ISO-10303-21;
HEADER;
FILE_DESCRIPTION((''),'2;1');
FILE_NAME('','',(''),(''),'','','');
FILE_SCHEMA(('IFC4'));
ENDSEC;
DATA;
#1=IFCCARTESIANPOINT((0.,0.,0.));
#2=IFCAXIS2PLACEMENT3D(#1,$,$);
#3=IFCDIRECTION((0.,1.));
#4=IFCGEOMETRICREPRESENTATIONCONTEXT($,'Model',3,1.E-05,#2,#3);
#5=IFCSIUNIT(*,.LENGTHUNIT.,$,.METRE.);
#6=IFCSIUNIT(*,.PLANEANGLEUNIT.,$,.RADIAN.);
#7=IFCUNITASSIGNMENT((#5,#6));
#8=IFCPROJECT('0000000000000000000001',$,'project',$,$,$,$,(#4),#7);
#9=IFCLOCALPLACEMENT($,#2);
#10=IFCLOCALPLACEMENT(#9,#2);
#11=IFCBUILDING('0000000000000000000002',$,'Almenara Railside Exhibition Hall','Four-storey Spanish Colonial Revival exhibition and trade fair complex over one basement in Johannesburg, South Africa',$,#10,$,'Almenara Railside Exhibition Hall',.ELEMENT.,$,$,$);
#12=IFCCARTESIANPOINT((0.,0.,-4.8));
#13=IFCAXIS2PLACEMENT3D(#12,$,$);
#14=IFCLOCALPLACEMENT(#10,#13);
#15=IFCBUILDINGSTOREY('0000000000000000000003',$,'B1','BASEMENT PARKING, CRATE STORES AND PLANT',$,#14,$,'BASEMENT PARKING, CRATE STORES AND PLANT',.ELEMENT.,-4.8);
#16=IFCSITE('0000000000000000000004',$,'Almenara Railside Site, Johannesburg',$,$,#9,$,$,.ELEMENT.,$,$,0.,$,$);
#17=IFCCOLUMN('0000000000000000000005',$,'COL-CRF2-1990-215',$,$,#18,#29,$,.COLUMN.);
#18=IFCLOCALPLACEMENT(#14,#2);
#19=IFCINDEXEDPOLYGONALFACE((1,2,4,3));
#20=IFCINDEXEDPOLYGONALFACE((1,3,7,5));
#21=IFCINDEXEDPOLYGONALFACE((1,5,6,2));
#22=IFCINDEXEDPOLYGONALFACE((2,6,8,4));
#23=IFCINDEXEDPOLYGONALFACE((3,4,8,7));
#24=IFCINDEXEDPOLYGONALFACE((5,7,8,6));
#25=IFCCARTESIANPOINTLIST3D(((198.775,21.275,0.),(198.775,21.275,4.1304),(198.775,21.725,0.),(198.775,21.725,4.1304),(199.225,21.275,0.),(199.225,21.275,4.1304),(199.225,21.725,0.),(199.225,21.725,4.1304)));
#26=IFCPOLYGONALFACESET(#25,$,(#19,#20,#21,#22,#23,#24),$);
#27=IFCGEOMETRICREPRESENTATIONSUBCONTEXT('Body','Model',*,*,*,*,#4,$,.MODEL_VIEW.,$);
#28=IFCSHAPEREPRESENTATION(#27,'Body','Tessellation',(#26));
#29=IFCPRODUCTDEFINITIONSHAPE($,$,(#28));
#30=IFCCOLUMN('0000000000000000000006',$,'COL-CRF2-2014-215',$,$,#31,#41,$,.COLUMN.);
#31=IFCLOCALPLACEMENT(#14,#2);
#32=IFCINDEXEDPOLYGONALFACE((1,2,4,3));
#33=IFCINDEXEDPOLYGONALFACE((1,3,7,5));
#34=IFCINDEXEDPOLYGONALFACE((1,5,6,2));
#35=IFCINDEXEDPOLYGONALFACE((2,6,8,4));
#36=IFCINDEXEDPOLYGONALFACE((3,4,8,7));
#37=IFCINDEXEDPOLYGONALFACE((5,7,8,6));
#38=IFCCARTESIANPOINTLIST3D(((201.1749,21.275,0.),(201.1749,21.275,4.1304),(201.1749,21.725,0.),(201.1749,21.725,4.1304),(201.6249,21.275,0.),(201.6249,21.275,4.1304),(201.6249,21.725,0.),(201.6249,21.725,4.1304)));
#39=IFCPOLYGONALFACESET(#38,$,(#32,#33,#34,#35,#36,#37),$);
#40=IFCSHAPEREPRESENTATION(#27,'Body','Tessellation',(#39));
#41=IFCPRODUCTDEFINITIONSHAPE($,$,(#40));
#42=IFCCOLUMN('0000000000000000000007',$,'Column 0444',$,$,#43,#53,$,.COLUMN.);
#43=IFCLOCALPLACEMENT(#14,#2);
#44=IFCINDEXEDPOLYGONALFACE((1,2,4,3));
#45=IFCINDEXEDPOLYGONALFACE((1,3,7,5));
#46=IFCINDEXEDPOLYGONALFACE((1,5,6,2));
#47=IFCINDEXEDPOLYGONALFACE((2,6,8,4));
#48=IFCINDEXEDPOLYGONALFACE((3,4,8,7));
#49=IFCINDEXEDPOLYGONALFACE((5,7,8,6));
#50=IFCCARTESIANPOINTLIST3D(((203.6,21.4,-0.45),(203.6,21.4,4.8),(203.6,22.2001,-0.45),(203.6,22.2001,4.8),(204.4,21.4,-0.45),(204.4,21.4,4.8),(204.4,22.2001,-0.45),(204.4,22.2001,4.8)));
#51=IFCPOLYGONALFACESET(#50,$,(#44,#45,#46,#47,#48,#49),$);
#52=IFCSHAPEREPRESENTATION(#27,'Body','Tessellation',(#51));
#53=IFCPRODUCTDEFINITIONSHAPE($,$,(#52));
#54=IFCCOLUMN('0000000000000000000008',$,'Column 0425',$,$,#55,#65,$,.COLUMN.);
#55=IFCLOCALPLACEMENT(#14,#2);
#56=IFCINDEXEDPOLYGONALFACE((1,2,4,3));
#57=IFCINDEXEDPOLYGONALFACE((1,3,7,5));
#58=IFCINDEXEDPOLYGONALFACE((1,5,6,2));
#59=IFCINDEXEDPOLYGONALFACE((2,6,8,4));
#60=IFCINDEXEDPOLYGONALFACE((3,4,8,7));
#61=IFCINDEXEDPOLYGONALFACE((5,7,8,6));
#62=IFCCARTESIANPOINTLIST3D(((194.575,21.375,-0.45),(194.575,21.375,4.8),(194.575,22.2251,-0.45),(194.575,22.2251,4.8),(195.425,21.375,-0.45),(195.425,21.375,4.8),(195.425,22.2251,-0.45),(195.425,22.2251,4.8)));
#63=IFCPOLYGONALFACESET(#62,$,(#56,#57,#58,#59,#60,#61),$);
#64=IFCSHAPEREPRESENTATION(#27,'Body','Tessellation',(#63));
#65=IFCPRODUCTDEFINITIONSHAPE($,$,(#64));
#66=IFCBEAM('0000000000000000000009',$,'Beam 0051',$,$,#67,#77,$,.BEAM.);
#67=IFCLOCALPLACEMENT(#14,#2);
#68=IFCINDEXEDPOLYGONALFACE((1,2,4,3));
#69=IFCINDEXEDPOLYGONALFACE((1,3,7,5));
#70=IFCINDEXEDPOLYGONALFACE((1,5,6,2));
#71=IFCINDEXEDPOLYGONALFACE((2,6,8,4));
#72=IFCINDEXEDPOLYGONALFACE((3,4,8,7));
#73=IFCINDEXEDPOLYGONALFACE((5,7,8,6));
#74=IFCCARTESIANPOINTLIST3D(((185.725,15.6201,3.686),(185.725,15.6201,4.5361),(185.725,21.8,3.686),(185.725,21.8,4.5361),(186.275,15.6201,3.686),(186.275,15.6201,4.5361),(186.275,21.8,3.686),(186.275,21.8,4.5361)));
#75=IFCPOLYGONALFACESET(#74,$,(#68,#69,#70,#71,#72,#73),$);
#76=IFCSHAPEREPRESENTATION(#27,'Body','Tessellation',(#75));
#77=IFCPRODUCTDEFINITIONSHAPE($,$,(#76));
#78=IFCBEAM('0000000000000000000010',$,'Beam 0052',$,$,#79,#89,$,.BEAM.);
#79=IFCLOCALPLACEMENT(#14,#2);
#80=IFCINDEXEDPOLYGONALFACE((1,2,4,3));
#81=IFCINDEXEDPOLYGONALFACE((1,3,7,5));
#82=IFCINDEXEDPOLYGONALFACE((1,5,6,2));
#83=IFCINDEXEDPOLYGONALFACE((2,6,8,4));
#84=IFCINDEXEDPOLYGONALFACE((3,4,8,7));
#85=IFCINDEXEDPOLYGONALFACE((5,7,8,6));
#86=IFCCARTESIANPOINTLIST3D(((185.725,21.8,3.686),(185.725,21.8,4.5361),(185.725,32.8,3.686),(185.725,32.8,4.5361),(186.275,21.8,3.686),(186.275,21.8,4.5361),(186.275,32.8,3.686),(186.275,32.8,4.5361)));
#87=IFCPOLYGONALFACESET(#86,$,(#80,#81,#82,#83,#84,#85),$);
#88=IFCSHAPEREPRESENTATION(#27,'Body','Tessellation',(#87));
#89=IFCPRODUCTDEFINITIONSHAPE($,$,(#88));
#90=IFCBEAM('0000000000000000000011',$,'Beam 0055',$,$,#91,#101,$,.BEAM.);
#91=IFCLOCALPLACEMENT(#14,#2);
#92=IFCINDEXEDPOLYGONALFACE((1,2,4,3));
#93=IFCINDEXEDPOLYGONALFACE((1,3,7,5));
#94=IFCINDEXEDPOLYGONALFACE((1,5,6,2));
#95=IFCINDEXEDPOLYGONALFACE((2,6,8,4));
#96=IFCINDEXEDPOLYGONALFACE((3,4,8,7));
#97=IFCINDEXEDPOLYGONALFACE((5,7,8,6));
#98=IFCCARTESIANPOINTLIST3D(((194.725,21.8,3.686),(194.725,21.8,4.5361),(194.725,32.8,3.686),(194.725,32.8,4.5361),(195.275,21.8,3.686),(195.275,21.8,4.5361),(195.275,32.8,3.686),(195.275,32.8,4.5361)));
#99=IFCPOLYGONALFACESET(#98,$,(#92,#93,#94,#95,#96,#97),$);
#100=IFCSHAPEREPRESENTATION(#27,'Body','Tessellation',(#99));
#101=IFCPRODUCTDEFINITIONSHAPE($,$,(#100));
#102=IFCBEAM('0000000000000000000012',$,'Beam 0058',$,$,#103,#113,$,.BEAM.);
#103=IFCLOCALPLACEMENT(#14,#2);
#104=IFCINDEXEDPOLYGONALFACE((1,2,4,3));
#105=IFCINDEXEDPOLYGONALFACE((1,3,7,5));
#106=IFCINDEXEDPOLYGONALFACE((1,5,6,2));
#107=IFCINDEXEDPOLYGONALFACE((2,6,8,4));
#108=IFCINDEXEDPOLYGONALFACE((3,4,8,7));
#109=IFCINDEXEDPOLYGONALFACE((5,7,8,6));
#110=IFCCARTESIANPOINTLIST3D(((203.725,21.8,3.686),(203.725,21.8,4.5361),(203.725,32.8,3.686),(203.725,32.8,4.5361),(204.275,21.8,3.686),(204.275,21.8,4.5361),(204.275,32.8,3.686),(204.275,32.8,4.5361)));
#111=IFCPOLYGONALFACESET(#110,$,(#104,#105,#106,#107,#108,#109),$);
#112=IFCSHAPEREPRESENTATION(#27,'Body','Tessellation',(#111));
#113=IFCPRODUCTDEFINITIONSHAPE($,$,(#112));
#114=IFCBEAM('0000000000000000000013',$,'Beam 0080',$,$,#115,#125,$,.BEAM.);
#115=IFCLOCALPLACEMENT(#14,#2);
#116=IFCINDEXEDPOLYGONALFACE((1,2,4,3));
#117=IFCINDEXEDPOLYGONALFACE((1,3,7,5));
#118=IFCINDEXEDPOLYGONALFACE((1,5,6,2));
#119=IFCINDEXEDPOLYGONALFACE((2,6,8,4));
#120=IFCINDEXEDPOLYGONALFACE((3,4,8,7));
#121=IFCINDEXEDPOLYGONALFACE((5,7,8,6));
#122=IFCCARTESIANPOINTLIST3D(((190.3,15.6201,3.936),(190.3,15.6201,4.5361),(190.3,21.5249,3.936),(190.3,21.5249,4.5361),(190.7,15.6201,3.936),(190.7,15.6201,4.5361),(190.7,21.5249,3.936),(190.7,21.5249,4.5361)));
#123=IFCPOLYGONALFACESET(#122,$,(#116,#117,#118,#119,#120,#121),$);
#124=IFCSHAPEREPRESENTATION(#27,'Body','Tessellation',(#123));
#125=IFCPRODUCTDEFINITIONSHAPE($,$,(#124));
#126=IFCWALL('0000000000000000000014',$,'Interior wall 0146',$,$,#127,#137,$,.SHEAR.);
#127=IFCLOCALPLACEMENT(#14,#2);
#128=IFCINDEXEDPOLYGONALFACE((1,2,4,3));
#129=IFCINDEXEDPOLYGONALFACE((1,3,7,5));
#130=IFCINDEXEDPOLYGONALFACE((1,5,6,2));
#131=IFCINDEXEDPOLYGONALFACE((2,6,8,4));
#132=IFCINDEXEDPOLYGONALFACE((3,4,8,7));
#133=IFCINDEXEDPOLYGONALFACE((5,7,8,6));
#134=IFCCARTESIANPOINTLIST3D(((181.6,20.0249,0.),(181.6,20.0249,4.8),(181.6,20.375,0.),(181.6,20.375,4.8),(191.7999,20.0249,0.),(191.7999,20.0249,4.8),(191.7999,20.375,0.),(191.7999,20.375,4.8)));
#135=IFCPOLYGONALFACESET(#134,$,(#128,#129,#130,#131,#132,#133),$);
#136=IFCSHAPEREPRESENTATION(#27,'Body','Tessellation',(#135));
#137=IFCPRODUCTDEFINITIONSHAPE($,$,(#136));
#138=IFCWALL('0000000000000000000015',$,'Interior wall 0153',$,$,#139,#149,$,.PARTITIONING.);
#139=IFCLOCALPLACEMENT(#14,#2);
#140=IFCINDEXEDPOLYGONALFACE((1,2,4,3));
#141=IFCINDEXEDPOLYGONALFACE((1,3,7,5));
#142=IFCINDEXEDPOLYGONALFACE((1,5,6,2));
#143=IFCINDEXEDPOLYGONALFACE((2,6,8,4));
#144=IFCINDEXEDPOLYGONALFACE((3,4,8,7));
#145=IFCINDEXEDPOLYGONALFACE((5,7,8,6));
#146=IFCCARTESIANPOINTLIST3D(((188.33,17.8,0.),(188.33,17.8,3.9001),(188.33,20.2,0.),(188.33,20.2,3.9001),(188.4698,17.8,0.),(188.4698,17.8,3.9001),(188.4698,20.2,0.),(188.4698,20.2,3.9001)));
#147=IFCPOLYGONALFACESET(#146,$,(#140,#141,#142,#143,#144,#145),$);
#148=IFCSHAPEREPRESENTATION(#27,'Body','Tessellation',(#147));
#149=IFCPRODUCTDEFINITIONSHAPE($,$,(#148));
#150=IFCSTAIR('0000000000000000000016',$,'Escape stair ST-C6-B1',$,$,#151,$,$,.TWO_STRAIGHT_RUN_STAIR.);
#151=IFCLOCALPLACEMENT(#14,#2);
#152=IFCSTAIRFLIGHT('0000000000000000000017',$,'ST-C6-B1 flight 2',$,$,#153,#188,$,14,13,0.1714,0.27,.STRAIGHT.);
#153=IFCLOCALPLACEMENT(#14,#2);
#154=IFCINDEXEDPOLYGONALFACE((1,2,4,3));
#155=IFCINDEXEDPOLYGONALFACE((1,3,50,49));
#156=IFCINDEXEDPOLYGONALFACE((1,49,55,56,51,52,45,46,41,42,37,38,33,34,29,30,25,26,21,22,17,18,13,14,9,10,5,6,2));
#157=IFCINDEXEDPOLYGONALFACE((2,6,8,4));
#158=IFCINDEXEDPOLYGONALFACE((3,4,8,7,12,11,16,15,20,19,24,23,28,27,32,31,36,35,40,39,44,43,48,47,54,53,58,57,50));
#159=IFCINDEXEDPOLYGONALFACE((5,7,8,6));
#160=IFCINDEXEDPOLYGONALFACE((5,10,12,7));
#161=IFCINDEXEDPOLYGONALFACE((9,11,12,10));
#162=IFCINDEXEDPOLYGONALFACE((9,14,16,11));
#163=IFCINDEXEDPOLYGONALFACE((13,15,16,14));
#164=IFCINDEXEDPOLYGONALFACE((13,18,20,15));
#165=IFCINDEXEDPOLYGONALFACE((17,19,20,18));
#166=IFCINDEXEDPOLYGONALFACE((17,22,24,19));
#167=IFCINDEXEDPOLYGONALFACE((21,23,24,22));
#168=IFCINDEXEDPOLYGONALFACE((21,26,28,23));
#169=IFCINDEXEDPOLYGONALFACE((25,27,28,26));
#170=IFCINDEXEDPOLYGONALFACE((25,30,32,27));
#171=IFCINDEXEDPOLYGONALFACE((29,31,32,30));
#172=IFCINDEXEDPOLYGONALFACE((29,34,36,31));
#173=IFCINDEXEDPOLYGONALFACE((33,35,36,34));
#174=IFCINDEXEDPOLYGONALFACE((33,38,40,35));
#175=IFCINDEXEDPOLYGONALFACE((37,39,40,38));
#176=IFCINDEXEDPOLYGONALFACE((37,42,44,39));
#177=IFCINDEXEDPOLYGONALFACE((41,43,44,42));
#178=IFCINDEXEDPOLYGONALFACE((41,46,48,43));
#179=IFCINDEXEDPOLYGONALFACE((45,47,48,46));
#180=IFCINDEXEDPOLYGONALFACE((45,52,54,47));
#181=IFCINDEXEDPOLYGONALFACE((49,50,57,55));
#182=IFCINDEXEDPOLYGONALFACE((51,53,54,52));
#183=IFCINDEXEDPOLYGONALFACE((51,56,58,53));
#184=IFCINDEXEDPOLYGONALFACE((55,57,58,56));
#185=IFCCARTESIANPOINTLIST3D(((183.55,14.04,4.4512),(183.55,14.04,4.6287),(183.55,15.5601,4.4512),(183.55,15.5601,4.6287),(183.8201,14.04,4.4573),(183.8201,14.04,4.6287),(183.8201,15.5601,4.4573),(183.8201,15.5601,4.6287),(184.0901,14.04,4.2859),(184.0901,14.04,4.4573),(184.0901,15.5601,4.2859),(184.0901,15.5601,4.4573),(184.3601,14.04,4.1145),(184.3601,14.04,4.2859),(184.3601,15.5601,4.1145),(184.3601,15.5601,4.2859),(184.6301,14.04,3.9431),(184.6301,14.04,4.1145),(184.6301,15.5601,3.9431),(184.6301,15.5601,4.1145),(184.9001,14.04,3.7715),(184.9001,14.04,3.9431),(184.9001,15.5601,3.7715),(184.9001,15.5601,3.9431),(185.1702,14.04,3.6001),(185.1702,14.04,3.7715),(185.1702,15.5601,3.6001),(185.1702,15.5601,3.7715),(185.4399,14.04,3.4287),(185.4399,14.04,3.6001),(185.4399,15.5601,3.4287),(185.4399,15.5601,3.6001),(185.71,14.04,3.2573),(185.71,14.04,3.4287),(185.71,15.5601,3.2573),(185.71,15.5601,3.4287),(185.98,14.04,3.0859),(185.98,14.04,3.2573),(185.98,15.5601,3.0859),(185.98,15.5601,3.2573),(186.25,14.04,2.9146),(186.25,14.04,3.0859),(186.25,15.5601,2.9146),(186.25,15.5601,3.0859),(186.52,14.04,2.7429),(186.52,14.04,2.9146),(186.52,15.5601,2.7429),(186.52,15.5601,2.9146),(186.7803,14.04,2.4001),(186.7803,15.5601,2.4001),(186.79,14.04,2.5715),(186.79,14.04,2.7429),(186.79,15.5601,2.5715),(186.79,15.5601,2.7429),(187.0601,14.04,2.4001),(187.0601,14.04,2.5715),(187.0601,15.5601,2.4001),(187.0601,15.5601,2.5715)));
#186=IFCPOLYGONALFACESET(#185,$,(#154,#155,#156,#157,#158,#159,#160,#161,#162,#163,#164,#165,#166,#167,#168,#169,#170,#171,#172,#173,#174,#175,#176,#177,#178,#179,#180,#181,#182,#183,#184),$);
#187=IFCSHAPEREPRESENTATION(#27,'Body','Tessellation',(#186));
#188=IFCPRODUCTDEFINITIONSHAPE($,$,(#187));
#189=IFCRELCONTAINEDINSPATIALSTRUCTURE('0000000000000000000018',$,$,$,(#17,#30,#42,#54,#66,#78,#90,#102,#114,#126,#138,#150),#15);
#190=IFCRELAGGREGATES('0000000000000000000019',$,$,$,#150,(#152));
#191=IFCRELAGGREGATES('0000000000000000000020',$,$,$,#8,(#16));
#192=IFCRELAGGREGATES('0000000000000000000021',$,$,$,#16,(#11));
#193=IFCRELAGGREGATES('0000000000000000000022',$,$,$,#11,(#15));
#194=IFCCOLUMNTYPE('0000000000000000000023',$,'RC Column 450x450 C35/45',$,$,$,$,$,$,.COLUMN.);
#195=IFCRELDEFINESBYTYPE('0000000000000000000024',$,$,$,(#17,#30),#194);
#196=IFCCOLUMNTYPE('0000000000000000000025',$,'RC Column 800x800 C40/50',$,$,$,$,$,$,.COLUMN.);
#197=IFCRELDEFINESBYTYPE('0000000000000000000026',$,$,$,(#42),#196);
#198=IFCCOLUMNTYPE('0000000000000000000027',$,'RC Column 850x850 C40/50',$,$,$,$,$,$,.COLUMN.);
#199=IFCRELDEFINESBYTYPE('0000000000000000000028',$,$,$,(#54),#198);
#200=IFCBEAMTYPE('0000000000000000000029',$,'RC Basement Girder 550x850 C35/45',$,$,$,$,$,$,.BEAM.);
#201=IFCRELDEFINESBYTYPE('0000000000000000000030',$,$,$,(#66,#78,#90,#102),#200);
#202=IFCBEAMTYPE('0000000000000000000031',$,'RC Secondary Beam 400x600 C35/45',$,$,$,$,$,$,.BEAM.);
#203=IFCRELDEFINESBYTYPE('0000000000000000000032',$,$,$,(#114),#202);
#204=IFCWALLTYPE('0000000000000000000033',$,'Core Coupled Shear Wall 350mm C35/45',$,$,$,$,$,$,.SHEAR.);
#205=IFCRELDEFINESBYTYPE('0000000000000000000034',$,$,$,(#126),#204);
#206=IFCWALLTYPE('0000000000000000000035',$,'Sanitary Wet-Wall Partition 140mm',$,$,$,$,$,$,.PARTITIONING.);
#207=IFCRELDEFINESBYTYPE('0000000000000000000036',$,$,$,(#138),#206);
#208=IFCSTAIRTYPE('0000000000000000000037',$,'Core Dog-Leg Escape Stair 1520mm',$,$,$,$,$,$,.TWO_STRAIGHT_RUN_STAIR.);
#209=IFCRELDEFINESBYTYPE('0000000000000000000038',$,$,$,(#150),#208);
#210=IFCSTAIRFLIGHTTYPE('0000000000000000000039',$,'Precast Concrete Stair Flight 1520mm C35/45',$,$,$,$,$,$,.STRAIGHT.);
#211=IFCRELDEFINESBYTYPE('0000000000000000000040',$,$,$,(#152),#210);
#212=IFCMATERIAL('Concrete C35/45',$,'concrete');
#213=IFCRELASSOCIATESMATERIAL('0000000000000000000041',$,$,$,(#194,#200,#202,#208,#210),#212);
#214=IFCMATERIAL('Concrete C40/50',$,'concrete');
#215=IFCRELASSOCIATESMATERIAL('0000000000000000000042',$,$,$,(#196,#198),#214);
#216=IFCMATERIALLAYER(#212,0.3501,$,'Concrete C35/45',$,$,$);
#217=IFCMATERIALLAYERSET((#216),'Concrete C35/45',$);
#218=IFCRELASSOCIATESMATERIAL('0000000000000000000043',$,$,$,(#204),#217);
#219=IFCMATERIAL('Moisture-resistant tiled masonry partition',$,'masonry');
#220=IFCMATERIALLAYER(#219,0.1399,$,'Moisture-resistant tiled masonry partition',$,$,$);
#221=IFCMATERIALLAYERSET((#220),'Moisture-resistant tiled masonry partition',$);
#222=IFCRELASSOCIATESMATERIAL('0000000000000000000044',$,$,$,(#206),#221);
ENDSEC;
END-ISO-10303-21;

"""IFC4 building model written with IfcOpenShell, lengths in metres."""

from ifc_helpers import new_model, si_unit, direction, frame, frame_2d, origin, origin_2d, place, context, subcontext, project, spatial, polyline, rectangle, outline, extrude, material, layer, layer_set, material_profile, profile_set, type_object, element, aggregate, save


model = new_model("IFC4")

# Units and contexts
model_context = context("Model", 3, precision=1e-05, world=origin(), true_north=direction((0.0, 1.0)))
body_context = subcontext(model_context, "Body", "Model", "MODEL_VIEW")
ifc_project = project(units=[si_unit("LENGTHUNIT", "METRE"), si_unit("PLANEANGLEUNIT", "RADIAN")], contexts=[model_context])

# Site, building, storey
site_placement = place(None, origin())
site = spatial("IfcSite", under=ifc_project, at=site_placement, Name="Almenara Railside Site, Johannesburg", CompositionType="ELEMENT", RefElevation=0.0)
building_placement = place(site_placement, origin())
building = spatial("IfcBuilding", under=site, at=building_placement, Name="Almenara Railside Exhibition Hall", Description="Four-storey Spanish Colonial Revival exhibition and trade fair complex over one basement in Johannesburg, South Africa", LongName="Almenara Railside Exhibition Hall", CompositionType="ELEMENT")
storey_placement = place(building_placement, frame((0.0, 0.0, -4.8)))
storey = spatial("IfcBuildingStorey", under=building, at=storey_placement, Name="B1", Description="BASEMENT PARKING, CRATE STORES AND PLANT", LongName="BASEMENT PARKING, CRATE STORES AND PLANT", CompositionType="ELEMENT", Elevation=-4.8)

# Shared definitions
ifc_material_1 = material(Name="Concrete C40/50", Category="concrete")

# Columns
ifc_material_2 = material(Name="Concrete C35/45", Category="concrete")
ifc_material_profile_1 = material_profile(ifc_material_2, rectangle(XDim=0.45, YDim=0.45, at=origin_2d()), Name="RC 450x450")
ifc_profile_set_1 = profile_set([ifc_material_profile_1], Name="Concrete C35/45")
column_type_1 = type_object("IfcColumnType", Name="RC Column 450x450 C35/45", PredefinedType="COLUMN", material=ifc_profile_set_1)
for number, where, z_axis, x_axis, name in (
    (1, (199.0, 21.5, 0.0), (0.0, 0.0, 1.0), (1.0, 0.0, 0.0), "COL-CRF2-1990-215"),
    (2, (201.3999, 21.5, 0.0), (0.0, 0.0, 1.0), (1.0, 0.0, 0.0), "COL-CRF2-2014-215"),
):
    element("IfcColumn", number, at=place(storey_placement, frame(where, z_axis=z_axis, x_axis=x_axis)), inside=storey, type_object=column_type_1, Name=name, PredefinedType="COLUMN", context=body_context, shape_type="SweptSolid", body=[
        extrude(rectangle(XDim=0.45, YDim=0.45, at=origin_2d()), origin(), (0.0, 0.0, 1.0), 4.1304),
    ])
ifc_material_profile_2 = material_profile(ifc_material_1, rectangle(XDim=0.8, YDim=0.8, at=origin_2d()), Name="RC 800x800")
ifc_profile_set_2 = profile_set([ifc_material_profile_2], Name="Concrete C40/50")
column_type_2 = type_object("IfcColumnType", Name="RC Column 800x800 C40/50", PredefinedType="COLUMN", material=ifc_profile_set_2)
column_1_placement = place(storey_placement, frame((204.0, 21.8, -0.45), z_axis=(0.0, 0.0, 1.0), x_axis=(1.0, 0.0, 0.0)))
element("IfcColumn", 3, at=column_1_placement, inside=storey, type_object=column_type_2, Name="Column 0444", PredefinedType="COLUMN", context=body_context, shape_type="SweptSolid", body=[
    extrude(rectangle(XDim=0.8, YDim=0.8, at=origin_2d()), origin(), (0.0, 0.0, 1.0), 5.25),
])
ifc_material_profile_3 = material_profile(ifc_material_1, rectangle(XDim=0.8501, YDim=0.8501, at=origin_2d()), Name="RC 850x850")
ifc_profile_set_3 = profile_set([ifc_material_profile_3], Name="Concrete C40/50")
column_type_3 = type_object("IfcColumnType", Name="RC Column 850x850 C40/50", PredefinedType="COLUMN", material=ifc_profile_set_3)
column_2_placement = place(storey_placement, frame((195.0, 21.8, -0.45), z_axis=(0.0, 0.0, 1.0), x_axis=(1.0, 0.0, 0.0)))
element("IfcColumn", 4, at=column_2_placement, inside=storey, type_object=column_type_3, Name="Column 0425", PredefinedType="COLUMN", context=body_context, shape_type="SweptSolid", body=[
    extrude(rectangle(XDim=0.8501, YDim=0.8501, at=origin_2d()), origin(), (0.0, 0.0, 1.0), 5.25),
])

# Beams
ifc_material_profile_4 = material_profile(ifc_material_2, rectangle(XDim=0.55, YDim=0.8501, at=origin_2d()), Name="RC 550x850")
ifc_profile_set_4 = profile_set([ifc_material_profile_4], Name="Concrete C35/45")
beam_type_1 = type_object("IfcBeamType", Name="RC Basement Girder 550x850 C35/45", PredefinedType="BEAM", material=ifc_profile_set_4)
beam_1_placement = place(storey_placement, frame((186.0, 15.6201, 4.1111), z_axis=(0.0, 1.0, 0.0), x_axis=(-1.0, 0.0, 0.0)))
element("IfcBeam", 5, at=beam_1_placement, inside=storey, type_object=beam_type_1, Name="Beam 0051", PredefinedType="BEAM", context=body_context, shape_type="SweptSolid", body=[
    extrude(rectangle(XDim=0.55, YDim=0.8501, at=origin_2d()), origin(), (0.0, 0.0, 1.0), 6.1799),
])
for number, where, z_axis, x_axis, name in (
    (6, (186.0, 21.8, 4.1111), (0.0, 1.0, 0.0), (-1.0, 0.0, 0.0), "Beam 0052"),
    (7, (195.0, 21.8, 4.1111), (0.0, 1.0, 0.0), (-1.0, 0.0, 0.0), "Beam 0055"),
    (8, (204.0, 21.8, 4.1111), (0.0, 1.0, 0.0), (-1.0, 0.0, 0.0), "Beam 0058"),
):
    element("IfcBeam", number, at=place(storey_placement, frame(where, z_axis=z_axis, x_axis=x_axis)), inside=storey, type_object=beam_type_1, Name=name, PredefinedType="BEAM", context=body_context, shape_type="SweptSolid", body=[
        extrude(rectangle(XDim=0.55, YDim=0.8501, at=origin_2d()), origin(), (0.0, 0.0, 1.0), 11.0),
    ])
ifc_material_profile_5 = material_profile(ifc_material_2, rectangle(XDim=0.3999, YDim=0.6001, at=origin_2d()), Name="RC 400x600")
ifc_profile_set_5 = profile_set([ifc_material_profile_5], Name="Concrete C35/45")
beam_type_2 = type_object("IfcBeamType", Name="RC Secondary Beam 400x600 C35/45", PredefinedType="BEAM", material=ifc_profile_set_5)
beam_2_placement = place(storey_placement, frame((190.5, 15.6201, 4.2361), z_axis=(0.0, 1.0, 0.0), x_axis=(-1.0, 0.0, 0.0)))
element("IfcBeam", 9, at=beam_2_placement, inside=storey, type_object=beam_type_2, Name="Beam 0080", PredefinedType="BEAM", context=body_context, shape_type="SweptSolid", body=[
    extrude(rectangle(XDim=0.3999, YDim=0.6001, at=origin_2d()), origin(), (0.0, 0.0, 1.0), 5.9048),
])

# Walls
ifc_layer_1 = layer(ifc_material_2, 0.3501, Name="Concrete C35/45")
ifc_layer_set_1 = layer_set([ifc_layer_1], Name="Concrete C35/45")
wall_type_1 = type_object("IfcWallType", Name="Core Coupled Shear Wall 350mm C35/45", PredefinedType="SHEAR", material=ifc_layer_set_1)
wall_1_placement = place(storey_placement, frame((191.8, 20.2, 0.0), z_axis=(0.0, 0.0, 1.0), x_axis=(-1.0, 0.0, 0.0)))
element("IfcWall", 10, at=wall_1_placement, inside=storey, type_object=wall_type_1, Name="Interior wall 0146", PredefinedType="SHEAR", context=body_context, shape_type="SweptSolid", body=[
    extrude(rectangle(XDim=10.2, YDim=0.3501, at=frame_2d((5.1001, 0.0))), origin(), (0.0, 0.0, 1.0), 4.8),
])
ifc_material_3 = material(Name="Moisture-resistant tiled masonry partition", Category="masonry")
ifc_layer_2 = layer(ifc_material_3, 0.1399, Name="Moisture-resistant tiled masonry partition")
ifc_layer_set_2 = layer_set([ifc_layer_2], Name="Moisture-resistant tiled masonry partition")
wall_type_2 = type_object("IfcWallType", Name="Sanitary Wet-Wall Partition 140mm", PredefinedType="PARTITIONING", material=ifc_layer_set_2)
wall_2_placement = place(storey_placement, frame((188.3999, 17.8, 0.0), z_axis=(0.0, 0.0, 1.0), x_axis=(0.0, 1.0, 0.0)))
element("IfcWall", 11, at=wall_2_placement, inside=storey, type_object=wall_type_2, Name="Interior wall 0153", PredefinedType="PARTITIONING", context=body_context, shape_type="SweptSolid", body=[
    extrude(rectangle(XDim=2.3999, YDim=0.1399, at=frame_2d((1.2, 0.0))), origin(), (0.0, 0.0, 1.0), 3.9001),
])

# Stair, stair flight
stair_type = type_object("IfcStairType", Name="Core Dog-Leg Escape Stair 1520mm", PredefinedType="TWO_STRAIGHT_RUN_STAIR", material=ifc_material_2)
stair_placement = place(storey_placement, origin())
stair = element("IfcStair", 12, at=stair_placement, inside=storey, type_object=stair_type, Name="Escape stair ST-C6-B1", PredefinedType="TWO_STRAIGHT_RUN_STAIR")
stair_flight_type = type_object("IfcStairFlightType", Name="Precast Concrete Stair Flight 1520mm C35/45", PredefinedType="STRAIGHT", material=ifc_material_2)
stair_flight_placement = place(storey_placement, frame((187.0601, 14.8, 2.4001), z_axis=(0.0, 0.0, 1.0), x_axis=(-1.0, 0.0, 0.0)))
stair_flight = element("IfcStairFlight", 13, at=stair_flight_placement, type_object=stair_flight_type, Name="ST-C6-B1 flight 2", NumberOfRisers=14, NumberOfTreads=13, PredefinedType="STRAIGHT", RiserHeight=0.1714, TreadLength=0.27, context=body_context, shape_type="SweptSolid", body=[
    extrude(outline(polyline([(0.0, 0.0), (0.0, 0.1714), (0.27, 0.1714), (0.27, 0.3428), (0.54, 0.3428), (0.54, 0.5144), (0.8101, 0.5144), (0.8101, 0.6858), (1.0801, 0.6858), (1.0801, 0.8572), (1.3501, 0.8572), (1.3501, 1.0286), (1.6201, 1.0286), (1.6201, 1.2), (1.8899, 1.2), (1.8899, 1.3713), (2.1599, 1.3713), (2.1599, 1.543), (2.4299, 1.543), (2.4299, 1.7144), (2.7, 1.7144), (2.7, 1.8857), (2.97, 1.8857), (2.97, 2.0571), (3.24, 2.0571), (3.24, 2.2285), (3.51, 2.2285), (3.51, 2.3999), (3.51, 2.051), (0.2798, 0.0), (0.0, 0.0)])), frame((0.0, 0.76, 0.0), z_axis=(0.0, -1.0, 0.0), x_axis=(1.0, 0.0, 0.0)), (0.0, 0.0, 1.0), 1.52),
])
aggregate(stair, [stair_flight])

save(model, "model.ifc")
